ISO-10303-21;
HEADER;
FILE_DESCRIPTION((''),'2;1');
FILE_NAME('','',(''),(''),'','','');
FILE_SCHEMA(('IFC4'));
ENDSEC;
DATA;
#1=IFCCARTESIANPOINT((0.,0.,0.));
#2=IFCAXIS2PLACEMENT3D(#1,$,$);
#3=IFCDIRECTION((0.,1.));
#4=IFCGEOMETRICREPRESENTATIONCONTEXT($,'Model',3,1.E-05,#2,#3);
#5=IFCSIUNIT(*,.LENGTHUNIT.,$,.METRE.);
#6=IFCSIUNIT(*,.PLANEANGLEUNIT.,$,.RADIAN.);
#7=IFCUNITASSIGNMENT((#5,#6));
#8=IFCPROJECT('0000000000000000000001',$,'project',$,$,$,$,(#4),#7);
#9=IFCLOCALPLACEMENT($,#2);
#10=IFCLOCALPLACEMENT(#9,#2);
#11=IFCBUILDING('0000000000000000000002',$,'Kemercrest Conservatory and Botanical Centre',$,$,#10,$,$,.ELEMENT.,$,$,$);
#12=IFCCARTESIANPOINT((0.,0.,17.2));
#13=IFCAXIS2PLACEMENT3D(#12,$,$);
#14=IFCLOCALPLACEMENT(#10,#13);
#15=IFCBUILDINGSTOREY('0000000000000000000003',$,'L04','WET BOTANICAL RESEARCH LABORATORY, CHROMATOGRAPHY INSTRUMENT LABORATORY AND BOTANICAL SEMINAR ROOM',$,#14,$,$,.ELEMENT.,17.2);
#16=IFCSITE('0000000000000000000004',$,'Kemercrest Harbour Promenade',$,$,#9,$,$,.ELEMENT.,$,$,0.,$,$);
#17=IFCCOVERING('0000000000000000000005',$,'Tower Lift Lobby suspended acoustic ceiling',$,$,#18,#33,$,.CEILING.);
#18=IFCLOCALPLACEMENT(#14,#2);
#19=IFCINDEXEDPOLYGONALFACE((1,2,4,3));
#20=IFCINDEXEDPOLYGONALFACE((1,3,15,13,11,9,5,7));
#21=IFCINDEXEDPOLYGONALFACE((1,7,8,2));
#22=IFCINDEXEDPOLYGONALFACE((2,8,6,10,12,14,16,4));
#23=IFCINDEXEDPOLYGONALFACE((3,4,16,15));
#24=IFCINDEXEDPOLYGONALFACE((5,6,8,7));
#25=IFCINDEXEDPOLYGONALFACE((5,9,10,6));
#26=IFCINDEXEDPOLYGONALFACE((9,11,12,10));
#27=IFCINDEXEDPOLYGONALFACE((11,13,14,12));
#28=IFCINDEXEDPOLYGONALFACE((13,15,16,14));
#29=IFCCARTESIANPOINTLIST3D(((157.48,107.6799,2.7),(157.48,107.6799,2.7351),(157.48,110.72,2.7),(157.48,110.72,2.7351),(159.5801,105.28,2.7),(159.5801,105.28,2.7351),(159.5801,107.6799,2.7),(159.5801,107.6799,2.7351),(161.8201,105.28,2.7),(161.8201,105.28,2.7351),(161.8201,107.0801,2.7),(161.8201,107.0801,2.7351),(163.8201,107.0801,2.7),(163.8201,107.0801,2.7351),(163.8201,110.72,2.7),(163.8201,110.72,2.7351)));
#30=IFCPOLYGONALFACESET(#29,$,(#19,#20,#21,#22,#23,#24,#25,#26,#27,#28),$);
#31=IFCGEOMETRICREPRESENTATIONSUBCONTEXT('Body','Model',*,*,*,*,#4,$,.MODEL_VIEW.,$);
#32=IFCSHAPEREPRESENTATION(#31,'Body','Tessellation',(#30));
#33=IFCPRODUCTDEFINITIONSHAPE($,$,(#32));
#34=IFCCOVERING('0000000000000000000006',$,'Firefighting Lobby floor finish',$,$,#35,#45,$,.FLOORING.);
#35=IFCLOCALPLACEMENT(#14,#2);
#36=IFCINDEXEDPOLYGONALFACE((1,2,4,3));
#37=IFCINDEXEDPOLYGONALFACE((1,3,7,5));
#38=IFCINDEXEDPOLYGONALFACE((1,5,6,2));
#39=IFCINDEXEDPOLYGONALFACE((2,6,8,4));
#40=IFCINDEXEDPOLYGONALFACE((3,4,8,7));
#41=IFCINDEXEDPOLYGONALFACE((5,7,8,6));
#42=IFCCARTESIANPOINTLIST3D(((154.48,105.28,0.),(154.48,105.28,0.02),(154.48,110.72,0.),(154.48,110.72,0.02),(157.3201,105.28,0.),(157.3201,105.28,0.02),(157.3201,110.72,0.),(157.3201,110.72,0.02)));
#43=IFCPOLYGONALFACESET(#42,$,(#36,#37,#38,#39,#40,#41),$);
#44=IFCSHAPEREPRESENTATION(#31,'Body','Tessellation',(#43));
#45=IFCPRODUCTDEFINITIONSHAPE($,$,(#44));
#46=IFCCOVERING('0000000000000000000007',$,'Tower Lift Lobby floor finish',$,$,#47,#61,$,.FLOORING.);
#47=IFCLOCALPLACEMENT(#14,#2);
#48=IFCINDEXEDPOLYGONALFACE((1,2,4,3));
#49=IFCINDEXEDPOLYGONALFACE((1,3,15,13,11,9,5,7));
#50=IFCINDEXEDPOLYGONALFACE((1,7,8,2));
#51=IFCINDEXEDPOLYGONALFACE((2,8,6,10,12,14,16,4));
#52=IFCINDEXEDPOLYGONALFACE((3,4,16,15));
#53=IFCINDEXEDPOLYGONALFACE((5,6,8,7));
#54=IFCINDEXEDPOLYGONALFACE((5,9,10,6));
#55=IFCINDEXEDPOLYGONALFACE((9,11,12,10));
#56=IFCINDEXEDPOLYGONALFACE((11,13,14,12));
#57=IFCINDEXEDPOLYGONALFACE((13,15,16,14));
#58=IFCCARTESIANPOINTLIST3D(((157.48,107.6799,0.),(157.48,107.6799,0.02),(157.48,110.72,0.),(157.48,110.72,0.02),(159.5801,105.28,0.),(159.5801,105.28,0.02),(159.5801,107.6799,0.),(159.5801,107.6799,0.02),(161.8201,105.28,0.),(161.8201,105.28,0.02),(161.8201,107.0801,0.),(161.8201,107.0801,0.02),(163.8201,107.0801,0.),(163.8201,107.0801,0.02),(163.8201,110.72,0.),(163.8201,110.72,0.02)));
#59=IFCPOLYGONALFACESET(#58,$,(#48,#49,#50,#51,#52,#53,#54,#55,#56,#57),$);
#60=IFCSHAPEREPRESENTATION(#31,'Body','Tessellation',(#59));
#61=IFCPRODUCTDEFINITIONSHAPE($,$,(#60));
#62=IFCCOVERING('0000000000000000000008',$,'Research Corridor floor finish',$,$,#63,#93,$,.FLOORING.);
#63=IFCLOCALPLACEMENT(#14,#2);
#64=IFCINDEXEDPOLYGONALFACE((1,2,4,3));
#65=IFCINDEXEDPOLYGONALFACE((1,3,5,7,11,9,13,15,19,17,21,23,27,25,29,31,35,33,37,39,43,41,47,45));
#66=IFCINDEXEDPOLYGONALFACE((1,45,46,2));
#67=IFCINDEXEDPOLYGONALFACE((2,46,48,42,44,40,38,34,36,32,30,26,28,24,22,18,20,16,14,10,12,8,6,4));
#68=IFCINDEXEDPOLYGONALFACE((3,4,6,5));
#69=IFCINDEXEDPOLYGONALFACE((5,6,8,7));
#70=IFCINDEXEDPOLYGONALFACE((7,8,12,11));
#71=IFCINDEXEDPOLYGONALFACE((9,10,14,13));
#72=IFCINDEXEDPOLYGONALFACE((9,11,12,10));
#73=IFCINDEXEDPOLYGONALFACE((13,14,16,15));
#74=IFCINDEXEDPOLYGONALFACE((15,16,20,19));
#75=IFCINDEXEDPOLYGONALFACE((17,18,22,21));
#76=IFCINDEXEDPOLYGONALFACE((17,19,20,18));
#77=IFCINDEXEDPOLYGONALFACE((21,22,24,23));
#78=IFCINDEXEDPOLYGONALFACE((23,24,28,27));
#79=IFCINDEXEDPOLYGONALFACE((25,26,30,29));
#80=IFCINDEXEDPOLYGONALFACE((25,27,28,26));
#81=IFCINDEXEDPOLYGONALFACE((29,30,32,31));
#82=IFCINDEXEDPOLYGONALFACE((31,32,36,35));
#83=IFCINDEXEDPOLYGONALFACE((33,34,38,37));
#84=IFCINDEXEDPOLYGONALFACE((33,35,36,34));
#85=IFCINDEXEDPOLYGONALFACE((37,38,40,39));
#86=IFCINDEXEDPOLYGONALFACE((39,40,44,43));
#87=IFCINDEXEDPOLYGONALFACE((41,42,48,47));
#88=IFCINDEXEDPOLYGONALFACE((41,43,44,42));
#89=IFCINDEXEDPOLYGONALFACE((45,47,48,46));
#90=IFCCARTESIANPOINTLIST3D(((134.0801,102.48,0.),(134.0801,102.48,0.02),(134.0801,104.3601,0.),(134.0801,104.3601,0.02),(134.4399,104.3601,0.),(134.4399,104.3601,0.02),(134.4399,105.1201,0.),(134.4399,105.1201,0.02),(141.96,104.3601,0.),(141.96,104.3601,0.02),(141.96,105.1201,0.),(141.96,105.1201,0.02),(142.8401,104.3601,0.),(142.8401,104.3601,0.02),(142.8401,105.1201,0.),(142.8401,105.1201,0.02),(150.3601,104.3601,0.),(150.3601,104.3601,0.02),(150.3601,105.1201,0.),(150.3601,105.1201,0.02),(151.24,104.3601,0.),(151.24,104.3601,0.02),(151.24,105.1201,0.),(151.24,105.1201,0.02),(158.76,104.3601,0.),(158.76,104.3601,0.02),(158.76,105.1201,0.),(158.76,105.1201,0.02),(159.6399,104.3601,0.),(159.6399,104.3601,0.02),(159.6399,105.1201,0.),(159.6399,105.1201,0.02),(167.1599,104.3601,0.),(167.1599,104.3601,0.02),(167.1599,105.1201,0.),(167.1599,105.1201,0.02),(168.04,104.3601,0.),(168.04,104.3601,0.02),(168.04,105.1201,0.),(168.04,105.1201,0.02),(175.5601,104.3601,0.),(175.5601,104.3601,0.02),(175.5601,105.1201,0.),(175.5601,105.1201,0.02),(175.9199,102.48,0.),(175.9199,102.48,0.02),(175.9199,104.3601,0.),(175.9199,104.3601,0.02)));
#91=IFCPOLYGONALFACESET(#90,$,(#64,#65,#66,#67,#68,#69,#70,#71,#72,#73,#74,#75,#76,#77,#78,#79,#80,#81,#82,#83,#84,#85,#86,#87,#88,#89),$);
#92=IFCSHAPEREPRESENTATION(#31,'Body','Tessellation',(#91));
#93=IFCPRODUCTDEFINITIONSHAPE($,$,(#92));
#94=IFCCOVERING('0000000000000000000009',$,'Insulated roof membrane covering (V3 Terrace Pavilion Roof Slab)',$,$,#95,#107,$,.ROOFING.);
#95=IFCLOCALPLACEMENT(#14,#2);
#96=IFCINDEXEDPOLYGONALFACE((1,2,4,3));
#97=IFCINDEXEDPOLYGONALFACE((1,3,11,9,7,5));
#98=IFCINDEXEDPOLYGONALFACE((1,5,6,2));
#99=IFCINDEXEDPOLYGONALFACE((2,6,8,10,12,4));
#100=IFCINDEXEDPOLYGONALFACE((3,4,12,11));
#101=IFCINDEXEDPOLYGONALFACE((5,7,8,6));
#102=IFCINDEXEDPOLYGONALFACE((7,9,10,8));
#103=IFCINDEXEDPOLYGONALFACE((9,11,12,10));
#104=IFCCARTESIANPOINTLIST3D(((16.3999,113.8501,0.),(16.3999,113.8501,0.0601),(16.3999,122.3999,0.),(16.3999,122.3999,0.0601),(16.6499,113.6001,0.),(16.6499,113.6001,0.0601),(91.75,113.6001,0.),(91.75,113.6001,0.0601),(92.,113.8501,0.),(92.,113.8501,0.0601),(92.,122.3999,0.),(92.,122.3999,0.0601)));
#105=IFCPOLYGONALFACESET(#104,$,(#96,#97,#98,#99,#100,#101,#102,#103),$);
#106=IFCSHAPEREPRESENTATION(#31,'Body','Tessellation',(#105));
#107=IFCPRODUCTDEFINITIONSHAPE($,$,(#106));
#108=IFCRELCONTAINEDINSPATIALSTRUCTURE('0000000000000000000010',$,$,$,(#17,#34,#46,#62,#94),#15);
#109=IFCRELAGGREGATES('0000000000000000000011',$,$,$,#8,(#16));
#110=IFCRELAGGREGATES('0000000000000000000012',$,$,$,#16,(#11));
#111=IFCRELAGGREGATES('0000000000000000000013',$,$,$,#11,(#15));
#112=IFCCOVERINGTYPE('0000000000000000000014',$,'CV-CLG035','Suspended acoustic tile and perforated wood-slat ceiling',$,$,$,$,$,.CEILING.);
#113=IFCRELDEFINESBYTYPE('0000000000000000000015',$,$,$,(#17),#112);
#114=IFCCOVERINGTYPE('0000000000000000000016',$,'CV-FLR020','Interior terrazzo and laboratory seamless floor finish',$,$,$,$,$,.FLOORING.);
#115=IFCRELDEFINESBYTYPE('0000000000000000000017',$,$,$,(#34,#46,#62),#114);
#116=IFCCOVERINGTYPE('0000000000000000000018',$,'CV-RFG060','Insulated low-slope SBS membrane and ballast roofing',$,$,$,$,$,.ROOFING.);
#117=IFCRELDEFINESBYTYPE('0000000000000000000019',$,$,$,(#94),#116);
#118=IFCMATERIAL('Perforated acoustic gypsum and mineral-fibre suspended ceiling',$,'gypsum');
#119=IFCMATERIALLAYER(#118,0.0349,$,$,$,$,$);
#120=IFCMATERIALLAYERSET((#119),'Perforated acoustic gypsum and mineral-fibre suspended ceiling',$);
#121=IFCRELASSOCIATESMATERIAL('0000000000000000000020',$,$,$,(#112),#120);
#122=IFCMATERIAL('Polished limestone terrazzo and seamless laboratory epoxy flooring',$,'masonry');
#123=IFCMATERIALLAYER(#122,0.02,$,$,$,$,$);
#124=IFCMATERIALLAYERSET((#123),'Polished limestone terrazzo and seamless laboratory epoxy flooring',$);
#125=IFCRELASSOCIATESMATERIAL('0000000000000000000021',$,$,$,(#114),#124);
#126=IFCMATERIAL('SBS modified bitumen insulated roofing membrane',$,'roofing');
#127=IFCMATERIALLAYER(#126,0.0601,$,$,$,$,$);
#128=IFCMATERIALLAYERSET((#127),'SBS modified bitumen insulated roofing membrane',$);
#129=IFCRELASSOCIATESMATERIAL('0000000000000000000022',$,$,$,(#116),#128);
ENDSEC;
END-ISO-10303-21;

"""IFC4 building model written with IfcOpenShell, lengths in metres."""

from ifc_helpers import new_model, si_unit, direction, frame, origin, place, context, subcontext, project, spatial, polyline, outline, extrude, material, layer, layer_set, type_object, element, save


model = new_model("IFC4")

# Units and contexts
model_context = context("Model", 3, precision=1e-05, world=origin(), true_north=direction((0.0, 1.0)))
body_context = subcontext(model_context, "Body", "Model", "MODEL_VIEW")
ifc_project = project(units=[si_unit("LENGTHUNIT", "METRE"), si_unit("PLANEANGLEUNIT", "RADIAN")], contexts=[model_context])

# Site, building, storey
site_placement = place(None, origin())
site = spatial("IfcSite", under=ifc_project, at=site_placement, Name="Kemercrest Harbour Promenade", CompositionType="ELEMENT", RefElevation=0.0)
building_placement = place(site_placement, origin())
building = spatial("IfcBuilding", under=site, at=building_placement, Name="Kemercrest Conservatory and Botanical Centre", CompositionType="ELEMENT")
storey_placement = place(building_placement, frame((0.0, 0.0, 17.2)))
storey = spatial("IfcBuildingStorey", under=building, at=storey_placement, Name="L04", Description="WET BOTANICAL RESEARCH LABORATORY, CHROMATOGRAPHY INSTRUMENT LABORATORY AND BOTANICAL SEMINAR ROOM", CompositionType="ELEMENT", Elevation=17.2)

# Coverings
ifc_material_1 = material(Name="Perforated acoustic gypsum and mineral-fibre suspended ceiling", Category="gypsum")
ifc_layer_1 = layer(ifc_material_1, 0.0349)
ifc_layer_set_1 = layer_set([ifc_layer_1], Name="Perforated acoustic gypsum and mineral-fibre suspended ceiling")
covering_type_1 = type_object("IfcCoveringType", Name="CV-CLG035", Description="Suspended acoustic tile and perforated wood-slat ceiling", PredefinedType="CEILING", material=ifc_layer_set_1)
covering_1_placement = place(storey_placement, frame((0.0, 0.0, 2.7)))
element("IfcCovering", 1, at=covering_1_placement, inside=storey, type_object=covering_type_1, Name="Tower Lift Lobby suspended acoustic ceiling", PredefinedType="CEILING", context=body_context, shape_type="SweptSolid", body=[
    extrude(outline(polyline([(159.5801, 107.6799), (159.5801, 105.28), (161.8201, 105.28), (161.8201, 107.0801), (163.8201, 107.0801), (163.8201, 110.72), (157.48, 110.72), (157.48, 107.6799), (159.5801, 107.6799)])), origin(), (0.0, 0.0, 1.0), 0.0352),
])
ifc_material_2 = material(Name="Polished limestone terrazzo and seamless laboratory epoxy flooring", Category="masonry")
ifc_layer_2 = layer(ifc_material_2, 0.02)
ifc_layer_set_2 = layer_set([ifc_layer_2], Name="Polished limestone terrazzo and seamless laboratory epoxy flooring")
covering_type_2 = type_object("IfcCoveringType", Name="CV-FLR020", Description="Interior terrazzo and laboratory seamless floor finish", PredefinedType="FLOORING", material=ifc_layer_set_2)
covering_2_placement = place(storey_placement, origin())
element("IfcCovering", 2, at=covering_2_placement, inside=storey, type_object=covering_type_2, Name="Firefighting Lobby floor finish", PredefinedType="FLOORING", context=body_context, shape_type="SweptSolid", body=[
    extrude(outline(polyline([(154.48, 105.28), (157.3201, 105.28), (157.3201, 110.72), (154.48, 110.72), (154.48, 105.28)])), origin(), (0.0, 0.0, 1.0), 0.02),
])
covering_3_placement = place(storey_placement, origin())
element("IfcCovering", 3, at=covering_3_placement, inside=storey, type_object=covering_type_2, Name="Tower Lift Lobby floor finish", PredefinedType="FLOORING", context=body_context, shape_type="SweptSolid", body=[
    extrude(outline(polyline([(159.5801, 107.6799), (159.5801, 105.28), (161.8201, 105.28), (161.8201, 107.0801), (163.8201, 107.0801), (163.8201, 110.72), (157.48, 110.72), (157.48, 107.6799), (159.5801, 107.6799)])), origin(), (0.0, 0.0, 1.0), 0.02),
])
covering_4_placement = place(storey_placement, origin())
element("IfcCovering", 4, at=covering_4_placement, inside=storey, type_object=covering_type_2, Name="Research Corridor floor finish", PredefinedType="FLOORING", context=body_context, shape_type="SweptSolid", body=[
    extrude(outline(polyline([(134.0801, 102.48), (175.9199, 102.48), (175.9199, 104.3601), (175.5601, 104.3601), (175.5601, 105.1201), (168.04, 105.1201), (168.04, 104.3601), (167.1599, 104.3601), (167.1599, 105.1201), (159.6399, 105.1201), (159.6399, 104.3601), (158.76, 104.3601), (158.76, 105.1201), (151.24, 105.1201), (151.24, 104.3601), (150.3601, 104.3601), (150.3601, 105.1201), (142.8401, 105.1201), (142.8401, 104.3601), (141.96, 104.3601), (141.96, 105.1201), (134.4399, 105.1201), (134.4399, 104.3601), (134.0801, 104.3601), (134.0801, 102.48)])), origin(), (0.0, 0.0, 1.0), 0.02),
])
ifc_material_3 = material(Name="SBS modified bitumen insulated roofing membrane", Category="roofing")
ifc_layer_3 = layer(ifc_material_3, 0.0601)
ifc_layer_set_3 = layer_set([ifc_layer_3], Name="SBS modified bitumen insulated roofing membrane")
covering_type_3 = type_object("IfcCoveringType", Name="CV-RFG060", Description="Insulated low-slope SBS membrane and ballast roofing", PredefinedType="ROOFING", material=ifc_layer_set_3)
covering_5_placement = place(storey_placement, origin())
element("IfcCovering", 5, at=covering_5_placement, inside=storey, type_object=covering_type_3, Name="Insulated roof membrane covering (V3 Terrace Pavilion Roof Slab)", PredefinedType="ROOFING", context=body_context, shape_type="SweptSolid", body=[
    extrude(outline(polyline([(16.6499, 113.6001), (91.75, 113.6001), (92.0, 113.8501), (92.0, 122.3999), (16.3999, 122.3999), (16.3999, 113.8501), (16.6499, 113.6001)])), origin(), (0.0, 0.0, 1.0), 0.0601),
])

save(model, "model.ifc")
